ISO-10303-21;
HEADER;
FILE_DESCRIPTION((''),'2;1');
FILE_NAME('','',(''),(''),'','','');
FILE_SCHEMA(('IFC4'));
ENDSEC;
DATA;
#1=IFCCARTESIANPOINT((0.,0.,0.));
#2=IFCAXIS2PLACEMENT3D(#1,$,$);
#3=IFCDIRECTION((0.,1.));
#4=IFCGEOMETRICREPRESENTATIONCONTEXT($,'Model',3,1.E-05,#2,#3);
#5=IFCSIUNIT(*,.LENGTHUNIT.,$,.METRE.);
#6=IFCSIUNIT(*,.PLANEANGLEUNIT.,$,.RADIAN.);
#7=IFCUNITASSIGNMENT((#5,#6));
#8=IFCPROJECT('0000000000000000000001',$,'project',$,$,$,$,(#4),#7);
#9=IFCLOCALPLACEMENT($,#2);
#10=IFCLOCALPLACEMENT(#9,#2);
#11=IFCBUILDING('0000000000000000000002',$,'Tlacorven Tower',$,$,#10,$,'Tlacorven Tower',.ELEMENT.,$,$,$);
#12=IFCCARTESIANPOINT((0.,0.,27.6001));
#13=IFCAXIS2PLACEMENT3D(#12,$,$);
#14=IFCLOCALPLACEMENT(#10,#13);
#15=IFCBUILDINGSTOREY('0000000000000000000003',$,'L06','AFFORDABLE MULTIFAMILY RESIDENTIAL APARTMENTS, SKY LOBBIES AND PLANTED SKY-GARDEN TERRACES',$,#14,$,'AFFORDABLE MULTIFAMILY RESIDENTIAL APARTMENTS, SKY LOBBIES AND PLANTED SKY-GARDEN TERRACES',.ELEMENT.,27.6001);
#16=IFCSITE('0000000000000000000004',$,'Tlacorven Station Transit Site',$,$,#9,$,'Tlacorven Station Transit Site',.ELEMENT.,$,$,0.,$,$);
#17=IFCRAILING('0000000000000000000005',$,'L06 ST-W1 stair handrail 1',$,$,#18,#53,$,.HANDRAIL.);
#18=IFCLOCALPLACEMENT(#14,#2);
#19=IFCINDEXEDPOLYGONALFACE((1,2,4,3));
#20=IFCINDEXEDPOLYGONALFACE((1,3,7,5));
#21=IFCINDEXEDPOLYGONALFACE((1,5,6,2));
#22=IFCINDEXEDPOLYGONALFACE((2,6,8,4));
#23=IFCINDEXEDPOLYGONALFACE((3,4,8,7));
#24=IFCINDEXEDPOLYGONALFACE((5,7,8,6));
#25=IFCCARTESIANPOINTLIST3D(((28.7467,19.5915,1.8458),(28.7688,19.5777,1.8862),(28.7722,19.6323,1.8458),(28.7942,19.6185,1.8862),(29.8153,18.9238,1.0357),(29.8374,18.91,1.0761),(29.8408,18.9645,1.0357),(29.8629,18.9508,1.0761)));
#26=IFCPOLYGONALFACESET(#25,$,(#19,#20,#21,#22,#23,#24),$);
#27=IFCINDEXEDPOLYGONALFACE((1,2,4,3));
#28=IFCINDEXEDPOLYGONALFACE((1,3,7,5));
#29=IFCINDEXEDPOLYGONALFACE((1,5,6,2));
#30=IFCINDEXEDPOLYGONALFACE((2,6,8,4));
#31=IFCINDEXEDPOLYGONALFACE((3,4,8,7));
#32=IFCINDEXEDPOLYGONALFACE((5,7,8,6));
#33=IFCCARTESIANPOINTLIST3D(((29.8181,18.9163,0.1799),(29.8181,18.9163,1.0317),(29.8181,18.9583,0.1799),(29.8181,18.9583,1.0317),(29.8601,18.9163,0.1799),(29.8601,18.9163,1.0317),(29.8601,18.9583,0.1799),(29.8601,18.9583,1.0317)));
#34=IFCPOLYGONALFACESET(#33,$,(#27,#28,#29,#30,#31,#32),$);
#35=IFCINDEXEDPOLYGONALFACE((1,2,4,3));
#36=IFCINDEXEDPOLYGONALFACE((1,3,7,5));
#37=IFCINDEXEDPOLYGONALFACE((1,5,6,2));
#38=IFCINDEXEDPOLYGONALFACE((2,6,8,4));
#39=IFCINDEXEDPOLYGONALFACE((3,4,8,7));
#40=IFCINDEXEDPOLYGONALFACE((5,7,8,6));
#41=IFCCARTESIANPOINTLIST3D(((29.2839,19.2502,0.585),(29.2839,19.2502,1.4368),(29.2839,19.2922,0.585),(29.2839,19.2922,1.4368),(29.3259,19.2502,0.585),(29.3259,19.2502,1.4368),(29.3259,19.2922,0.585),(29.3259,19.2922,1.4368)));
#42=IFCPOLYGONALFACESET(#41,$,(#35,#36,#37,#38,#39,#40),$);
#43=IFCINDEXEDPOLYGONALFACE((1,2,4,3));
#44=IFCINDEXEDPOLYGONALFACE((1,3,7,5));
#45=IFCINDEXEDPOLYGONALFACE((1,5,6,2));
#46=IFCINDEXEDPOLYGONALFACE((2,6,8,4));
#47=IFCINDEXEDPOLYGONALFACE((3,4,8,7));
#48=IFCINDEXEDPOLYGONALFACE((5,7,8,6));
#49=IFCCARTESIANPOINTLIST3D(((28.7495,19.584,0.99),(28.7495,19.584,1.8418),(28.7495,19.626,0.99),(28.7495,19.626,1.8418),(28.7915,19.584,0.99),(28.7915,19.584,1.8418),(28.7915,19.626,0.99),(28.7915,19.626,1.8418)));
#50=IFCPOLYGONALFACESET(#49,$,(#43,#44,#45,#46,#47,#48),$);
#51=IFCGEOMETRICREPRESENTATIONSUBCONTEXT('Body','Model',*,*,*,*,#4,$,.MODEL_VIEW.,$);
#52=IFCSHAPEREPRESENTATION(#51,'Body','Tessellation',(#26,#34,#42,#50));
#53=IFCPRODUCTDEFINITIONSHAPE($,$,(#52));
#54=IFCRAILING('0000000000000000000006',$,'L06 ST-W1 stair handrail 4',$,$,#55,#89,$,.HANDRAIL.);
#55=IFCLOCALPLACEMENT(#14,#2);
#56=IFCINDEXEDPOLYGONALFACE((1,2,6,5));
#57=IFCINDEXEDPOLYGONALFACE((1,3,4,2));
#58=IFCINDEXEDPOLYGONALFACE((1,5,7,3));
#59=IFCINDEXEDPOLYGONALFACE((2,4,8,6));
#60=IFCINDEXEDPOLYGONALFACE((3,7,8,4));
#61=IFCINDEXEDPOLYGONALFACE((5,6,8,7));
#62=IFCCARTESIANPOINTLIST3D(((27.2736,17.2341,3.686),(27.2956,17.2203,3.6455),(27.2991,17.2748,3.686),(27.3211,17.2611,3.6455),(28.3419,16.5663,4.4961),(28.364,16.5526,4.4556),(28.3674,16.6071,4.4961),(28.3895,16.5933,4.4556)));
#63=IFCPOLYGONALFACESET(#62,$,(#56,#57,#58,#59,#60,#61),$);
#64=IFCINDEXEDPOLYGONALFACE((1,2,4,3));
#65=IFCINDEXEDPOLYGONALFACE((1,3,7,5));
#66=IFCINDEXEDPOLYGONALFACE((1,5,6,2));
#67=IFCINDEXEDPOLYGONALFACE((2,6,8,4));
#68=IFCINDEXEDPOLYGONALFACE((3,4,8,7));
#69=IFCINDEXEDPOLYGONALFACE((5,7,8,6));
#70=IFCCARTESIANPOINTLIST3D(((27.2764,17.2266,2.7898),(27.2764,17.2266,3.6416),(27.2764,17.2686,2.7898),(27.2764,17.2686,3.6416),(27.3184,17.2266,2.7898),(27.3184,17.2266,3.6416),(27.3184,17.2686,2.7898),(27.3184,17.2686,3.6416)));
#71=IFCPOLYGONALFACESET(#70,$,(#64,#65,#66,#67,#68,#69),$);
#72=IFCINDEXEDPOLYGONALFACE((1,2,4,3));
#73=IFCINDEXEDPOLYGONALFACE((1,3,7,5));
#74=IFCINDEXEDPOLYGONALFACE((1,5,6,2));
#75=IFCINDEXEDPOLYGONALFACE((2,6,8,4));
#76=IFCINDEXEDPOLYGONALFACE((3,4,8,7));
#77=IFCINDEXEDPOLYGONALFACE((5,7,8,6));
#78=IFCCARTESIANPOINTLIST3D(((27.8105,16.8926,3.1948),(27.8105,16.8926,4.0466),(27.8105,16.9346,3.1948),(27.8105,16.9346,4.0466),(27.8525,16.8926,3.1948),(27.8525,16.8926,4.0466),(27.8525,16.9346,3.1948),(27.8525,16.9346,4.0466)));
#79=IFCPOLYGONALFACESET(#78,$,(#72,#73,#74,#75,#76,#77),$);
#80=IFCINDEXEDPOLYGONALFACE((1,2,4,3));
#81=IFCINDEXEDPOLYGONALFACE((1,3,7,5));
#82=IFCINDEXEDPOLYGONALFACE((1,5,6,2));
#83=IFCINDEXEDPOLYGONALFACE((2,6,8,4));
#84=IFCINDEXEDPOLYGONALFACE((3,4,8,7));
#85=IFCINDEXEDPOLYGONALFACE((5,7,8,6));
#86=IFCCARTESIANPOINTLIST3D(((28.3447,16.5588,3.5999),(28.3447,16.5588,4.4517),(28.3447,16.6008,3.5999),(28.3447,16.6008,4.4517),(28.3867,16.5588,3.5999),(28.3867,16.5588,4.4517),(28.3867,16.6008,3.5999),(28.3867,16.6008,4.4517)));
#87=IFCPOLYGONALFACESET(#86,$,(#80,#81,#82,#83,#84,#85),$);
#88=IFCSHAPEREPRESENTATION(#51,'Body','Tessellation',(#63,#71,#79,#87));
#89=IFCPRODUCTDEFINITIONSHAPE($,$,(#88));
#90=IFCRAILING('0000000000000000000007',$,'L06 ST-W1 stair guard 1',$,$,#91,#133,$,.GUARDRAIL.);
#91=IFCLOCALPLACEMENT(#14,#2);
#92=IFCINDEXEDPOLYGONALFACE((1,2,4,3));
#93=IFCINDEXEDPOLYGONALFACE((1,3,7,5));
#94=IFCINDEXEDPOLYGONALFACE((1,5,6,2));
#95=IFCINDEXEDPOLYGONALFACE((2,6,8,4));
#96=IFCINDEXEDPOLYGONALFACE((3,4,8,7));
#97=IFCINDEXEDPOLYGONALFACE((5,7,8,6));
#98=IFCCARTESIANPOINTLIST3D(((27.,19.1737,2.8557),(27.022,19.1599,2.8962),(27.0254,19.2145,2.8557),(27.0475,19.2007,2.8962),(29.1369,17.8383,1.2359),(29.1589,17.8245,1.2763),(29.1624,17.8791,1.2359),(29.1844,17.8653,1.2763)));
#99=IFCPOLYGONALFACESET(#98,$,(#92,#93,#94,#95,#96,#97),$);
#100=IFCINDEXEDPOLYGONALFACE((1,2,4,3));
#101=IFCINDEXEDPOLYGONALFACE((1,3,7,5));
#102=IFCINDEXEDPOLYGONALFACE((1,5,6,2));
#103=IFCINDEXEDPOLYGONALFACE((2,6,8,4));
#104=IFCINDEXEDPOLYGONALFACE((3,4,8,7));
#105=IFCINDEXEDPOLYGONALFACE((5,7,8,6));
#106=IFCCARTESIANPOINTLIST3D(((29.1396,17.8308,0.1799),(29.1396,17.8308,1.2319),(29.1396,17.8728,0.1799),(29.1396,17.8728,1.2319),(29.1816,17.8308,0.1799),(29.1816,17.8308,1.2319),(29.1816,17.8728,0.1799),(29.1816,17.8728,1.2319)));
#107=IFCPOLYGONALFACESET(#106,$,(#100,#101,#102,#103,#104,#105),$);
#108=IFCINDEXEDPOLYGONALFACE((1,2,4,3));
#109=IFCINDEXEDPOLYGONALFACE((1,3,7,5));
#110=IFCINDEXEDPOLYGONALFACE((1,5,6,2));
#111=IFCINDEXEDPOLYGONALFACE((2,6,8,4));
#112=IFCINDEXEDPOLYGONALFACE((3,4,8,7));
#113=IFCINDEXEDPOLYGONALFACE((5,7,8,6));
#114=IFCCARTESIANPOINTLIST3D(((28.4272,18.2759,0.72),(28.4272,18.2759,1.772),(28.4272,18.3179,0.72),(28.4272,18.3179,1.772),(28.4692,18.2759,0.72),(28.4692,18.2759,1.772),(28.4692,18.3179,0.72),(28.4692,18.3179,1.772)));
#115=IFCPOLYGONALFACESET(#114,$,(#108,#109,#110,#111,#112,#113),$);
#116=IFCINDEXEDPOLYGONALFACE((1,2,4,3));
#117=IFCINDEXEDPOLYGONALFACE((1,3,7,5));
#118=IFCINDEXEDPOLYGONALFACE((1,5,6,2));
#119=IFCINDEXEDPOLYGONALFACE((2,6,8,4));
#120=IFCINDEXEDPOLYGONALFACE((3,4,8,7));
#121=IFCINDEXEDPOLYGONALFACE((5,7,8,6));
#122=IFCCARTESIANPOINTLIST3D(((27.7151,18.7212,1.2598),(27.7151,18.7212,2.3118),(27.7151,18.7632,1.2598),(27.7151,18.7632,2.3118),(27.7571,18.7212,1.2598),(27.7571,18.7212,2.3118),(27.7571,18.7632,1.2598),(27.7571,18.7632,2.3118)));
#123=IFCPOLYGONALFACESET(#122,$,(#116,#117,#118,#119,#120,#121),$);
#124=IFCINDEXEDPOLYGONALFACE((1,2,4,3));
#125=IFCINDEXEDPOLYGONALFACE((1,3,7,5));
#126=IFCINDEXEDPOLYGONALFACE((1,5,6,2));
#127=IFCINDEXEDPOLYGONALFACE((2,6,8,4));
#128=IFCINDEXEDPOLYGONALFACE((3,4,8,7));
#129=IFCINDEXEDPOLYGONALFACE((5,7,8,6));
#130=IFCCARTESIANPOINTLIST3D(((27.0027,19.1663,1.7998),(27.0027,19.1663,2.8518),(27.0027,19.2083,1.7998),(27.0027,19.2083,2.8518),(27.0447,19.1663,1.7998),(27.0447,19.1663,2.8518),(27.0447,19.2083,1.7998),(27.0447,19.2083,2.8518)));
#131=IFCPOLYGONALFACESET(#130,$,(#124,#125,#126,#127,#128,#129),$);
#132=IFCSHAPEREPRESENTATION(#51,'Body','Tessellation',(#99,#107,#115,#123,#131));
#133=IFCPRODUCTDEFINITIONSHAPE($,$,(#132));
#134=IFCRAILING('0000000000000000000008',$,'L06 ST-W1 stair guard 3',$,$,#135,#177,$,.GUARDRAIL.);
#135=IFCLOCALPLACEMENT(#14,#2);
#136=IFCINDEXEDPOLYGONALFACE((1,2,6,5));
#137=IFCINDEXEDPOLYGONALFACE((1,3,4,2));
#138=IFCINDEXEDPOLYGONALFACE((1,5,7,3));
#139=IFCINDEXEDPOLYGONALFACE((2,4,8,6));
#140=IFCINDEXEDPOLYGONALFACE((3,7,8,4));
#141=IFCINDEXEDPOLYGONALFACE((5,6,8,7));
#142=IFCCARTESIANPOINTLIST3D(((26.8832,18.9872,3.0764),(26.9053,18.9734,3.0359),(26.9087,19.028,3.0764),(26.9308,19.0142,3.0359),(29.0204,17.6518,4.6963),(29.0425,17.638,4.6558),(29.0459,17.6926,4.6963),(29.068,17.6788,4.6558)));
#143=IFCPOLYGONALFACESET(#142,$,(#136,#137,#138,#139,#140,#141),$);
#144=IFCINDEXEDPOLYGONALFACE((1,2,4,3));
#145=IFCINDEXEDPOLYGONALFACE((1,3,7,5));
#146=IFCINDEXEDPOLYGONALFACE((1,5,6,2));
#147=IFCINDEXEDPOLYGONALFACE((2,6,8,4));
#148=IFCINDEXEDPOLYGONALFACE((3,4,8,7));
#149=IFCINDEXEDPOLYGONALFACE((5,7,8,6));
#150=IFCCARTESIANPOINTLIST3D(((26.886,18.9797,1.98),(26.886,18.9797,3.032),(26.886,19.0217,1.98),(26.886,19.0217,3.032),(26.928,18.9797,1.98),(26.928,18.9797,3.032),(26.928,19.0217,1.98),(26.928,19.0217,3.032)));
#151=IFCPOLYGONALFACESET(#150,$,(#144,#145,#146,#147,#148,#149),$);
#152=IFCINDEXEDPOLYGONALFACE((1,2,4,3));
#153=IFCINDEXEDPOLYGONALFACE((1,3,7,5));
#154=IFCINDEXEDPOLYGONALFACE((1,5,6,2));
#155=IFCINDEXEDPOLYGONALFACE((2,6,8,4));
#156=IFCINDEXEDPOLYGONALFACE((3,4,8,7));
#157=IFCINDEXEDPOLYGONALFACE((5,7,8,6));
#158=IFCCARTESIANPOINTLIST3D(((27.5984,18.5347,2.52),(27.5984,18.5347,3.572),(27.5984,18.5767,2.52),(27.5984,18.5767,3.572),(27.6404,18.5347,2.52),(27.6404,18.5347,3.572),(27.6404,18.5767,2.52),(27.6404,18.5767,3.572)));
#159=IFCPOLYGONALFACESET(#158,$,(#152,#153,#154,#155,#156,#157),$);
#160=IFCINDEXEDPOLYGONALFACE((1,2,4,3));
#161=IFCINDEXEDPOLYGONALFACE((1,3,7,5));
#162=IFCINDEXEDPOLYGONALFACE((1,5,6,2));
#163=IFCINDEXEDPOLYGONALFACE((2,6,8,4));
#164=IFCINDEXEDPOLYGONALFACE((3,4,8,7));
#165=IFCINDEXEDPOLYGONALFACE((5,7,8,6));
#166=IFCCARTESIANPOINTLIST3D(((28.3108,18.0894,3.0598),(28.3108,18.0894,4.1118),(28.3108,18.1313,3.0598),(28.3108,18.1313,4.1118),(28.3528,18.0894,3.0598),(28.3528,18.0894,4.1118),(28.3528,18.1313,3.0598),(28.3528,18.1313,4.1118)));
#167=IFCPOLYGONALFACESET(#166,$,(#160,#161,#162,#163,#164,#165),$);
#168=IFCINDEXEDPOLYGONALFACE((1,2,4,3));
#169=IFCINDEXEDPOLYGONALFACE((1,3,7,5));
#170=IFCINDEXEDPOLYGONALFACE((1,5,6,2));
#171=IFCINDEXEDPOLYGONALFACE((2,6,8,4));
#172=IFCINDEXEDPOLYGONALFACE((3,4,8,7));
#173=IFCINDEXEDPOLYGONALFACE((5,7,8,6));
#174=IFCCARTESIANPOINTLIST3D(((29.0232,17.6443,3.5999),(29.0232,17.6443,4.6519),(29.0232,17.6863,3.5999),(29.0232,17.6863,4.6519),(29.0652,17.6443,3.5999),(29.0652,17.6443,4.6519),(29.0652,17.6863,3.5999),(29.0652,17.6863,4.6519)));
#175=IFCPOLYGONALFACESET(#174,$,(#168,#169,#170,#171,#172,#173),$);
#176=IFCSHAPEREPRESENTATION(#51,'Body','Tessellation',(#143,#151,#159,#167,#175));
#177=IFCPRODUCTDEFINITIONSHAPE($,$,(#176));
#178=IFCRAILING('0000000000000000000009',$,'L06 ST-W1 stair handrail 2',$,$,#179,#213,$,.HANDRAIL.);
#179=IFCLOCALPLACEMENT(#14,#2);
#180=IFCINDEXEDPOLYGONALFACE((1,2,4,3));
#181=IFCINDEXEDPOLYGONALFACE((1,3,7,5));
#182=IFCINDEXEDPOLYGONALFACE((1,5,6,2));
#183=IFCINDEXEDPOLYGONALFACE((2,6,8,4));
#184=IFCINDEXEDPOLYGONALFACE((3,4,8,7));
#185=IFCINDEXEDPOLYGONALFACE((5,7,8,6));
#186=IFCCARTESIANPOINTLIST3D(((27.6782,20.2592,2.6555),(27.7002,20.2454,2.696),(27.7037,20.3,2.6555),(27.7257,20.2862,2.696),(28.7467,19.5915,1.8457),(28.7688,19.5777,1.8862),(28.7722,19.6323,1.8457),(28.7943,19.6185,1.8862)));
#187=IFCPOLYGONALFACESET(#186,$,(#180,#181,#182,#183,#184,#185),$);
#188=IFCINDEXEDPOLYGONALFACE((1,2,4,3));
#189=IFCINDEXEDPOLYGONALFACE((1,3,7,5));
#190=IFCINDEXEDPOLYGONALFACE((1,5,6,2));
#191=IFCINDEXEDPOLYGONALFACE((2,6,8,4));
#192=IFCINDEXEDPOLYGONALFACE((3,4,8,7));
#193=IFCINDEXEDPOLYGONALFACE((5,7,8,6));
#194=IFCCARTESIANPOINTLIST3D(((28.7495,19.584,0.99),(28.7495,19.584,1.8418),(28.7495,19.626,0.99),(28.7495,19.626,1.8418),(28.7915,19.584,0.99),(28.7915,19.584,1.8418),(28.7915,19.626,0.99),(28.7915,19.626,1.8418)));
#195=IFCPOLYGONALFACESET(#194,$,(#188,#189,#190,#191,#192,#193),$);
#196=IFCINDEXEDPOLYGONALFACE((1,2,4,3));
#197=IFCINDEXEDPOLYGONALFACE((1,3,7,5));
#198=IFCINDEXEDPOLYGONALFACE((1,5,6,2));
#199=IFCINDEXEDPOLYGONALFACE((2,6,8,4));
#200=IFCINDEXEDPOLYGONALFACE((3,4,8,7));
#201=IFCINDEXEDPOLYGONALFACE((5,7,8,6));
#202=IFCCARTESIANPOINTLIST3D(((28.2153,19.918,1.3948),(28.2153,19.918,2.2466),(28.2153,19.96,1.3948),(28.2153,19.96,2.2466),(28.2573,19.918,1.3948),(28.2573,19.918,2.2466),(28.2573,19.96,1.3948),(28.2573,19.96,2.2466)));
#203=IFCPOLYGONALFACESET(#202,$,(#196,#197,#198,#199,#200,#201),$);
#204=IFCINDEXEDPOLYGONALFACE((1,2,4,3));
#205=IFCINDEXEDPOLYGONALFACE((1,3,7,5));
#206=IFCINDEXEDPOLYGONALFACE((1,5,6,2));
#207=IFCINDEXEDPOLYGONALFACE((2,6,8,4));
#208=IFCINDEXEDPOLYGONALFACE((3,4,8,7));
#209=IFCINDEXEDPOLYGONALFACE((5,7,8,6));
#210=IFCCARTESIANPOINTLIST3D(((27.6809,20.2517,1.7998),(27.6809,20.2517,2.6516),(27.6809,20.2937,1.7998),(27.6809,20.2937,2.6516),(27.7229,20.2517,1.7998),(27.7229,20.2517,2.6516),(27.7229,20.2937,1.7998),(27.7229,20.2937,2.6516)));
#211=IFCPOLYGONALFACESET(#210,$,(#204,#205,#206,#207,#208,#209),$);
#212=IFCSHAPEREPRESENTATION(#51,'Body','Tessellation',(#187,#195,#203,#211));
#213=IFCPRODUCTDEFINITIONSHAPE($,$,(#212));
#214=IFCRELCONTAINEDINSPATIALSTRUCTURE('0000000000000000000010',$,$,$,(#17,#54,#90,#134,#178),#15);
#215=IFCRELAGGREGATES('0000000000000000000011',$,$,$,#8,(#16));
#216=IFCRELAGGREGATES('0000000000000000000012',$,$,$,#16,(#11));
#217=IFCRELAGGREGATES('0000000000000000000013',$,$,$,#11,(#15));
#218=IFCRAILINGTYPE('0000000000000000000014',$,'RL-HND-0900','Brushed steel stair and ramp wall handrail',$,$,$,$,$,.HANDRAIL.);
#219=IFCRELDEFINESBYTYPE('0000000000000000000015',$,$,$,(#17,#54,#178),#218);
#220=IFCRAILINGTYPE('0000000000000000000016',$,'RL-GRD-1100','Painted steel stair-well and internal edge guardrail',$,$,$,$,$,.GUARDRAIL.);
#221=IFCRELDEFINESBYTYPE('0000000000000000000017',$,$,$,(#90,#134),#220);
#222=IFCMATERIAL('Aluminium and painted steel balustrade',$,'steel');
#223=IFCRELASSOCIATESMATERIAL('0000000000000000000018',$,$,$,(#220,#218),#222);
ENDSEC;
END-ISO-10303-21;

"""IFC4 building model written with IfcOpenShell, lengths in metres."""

from ifc_helpers import new_model, si_unit, direction, frame, origin, origin_2d, place, context, subcontext, project, spatial, rectangle, extrude, source, transform, mapped, material, type_object, element, save


model = new_model("IFC4")

# Units and contexts
model_context = context("Model", 3, precision=1e-05, world=origin(), true_north=direction((0.0, 1.0)))
body_context = subcontext(model_context, "Body", "Model", "MODEL_VIEW")
ifc_project = project(units=[si_unit("LENGTHUNIT", "METRE"), si_unit("PLANEANGLEUNIT", "RADIAN")], contexts=[model_context])

# Site, building, storey
site_placement = place(None, origin())
site = spatial("IfcSite", under=ifc_project, at=site_placement, Name="Tlacorven Station Transit Site", LongName="Tlacorven Station Transit Site", CompositionType="ELEMENT", RefElevation=0.0)
building_placement = place(site_placement, origin())
building = spatial("IfcBuilding", under=site, at=building_placement, Name="Tlacorven Tower", LongName="Tlacorven Tower", CompositionType="ELEMENT")
storey_placement = place(building_placement, frame((0.0, 0.0, 27.6001)))
storey = spatial("IfcBuildingStorey", under=building, at=storey_placement, Name="L06", Description="AFFORDABLE MULTIFAMILY RESIDENTIAL APARTMENTS, SKY LOBBIES AND PLANTED SKY-GARDEN TERRACES", LongName="AFFORDABLE MULTIFAMILY RESIDENTIAL APARTMENTS, SKY LOBBIES AND PLANTED SKY-GARDEN TERRACES", CompositionType="ELEMENT", Elevation=27.6001)

# Railings
ifc_material_1 = material(Name="Aluminium and painted steel balustrade", Category="steel")
railing_type_1 = type_object("IfcRailingType", Name="RL-GRD-1100", Description="Painted steel stair-well and internal edge guardrail", PredefinedType="GUARDRAIL", material=ifc_material_1)
railing_type_2 = type_object("IfcRailingType", Name="RL-HND-0900", Description="Brushed steel stair and ramp wall handrail", PredefinedType="HANDRAIL", material=ifc_material_1)
shared_shape_1 = source(origin(), body_context, "Body", "SweptSolid", [
    extrude(rectangle(XDim=0.0481, YDim=0.0481, at=origin_2d()), frame((0.0, 0.0, 0.876), z_axis=(-0.71336, 0.445748, 0.540765), x_axis=(-0.529912, -0.848053, 0.0)), (0.0, 0.0, 1.0), 1.498),
    extrude(rectangle(XDim=0.042, YDim=0.042, at=origin_2d()), origin(), (0.0, 0.0, 1.0), 0.8518),
    extrude(rectangle(XDim=0.042, YDim=0.042, at=origin_2d()), frame((-0.5342, 0.334, 0.405)), (0.0, 0.0, 1.0), 0.8518),
    extrude(rectangle(XDim=0.042, YDim=0.042, at=origin_2d()), frame((-1.0686, 0.6677, 0.8101)), (0.0, 0.0, 1.0), 0.8518),
])
railing_1_placement = place(storey_placement, frame((29.8391, 18.9373, 0.1799)))
element("IfcRailing", 1, at=railing_1_placement, inside=storey, type_object=railing_type_2, Name="L06 ST-W1 stair handrail 1", PredefinedType="HANDRAIL", context=body_context, shape_type="MappedRepresentation", body=[
    mapped(shared_shape_1, transform((0.0, 0.0, 0.0), scale=1.0)),
])
shared_shape_2 = source(origin(), body_context, "Body", "SweptSolid", [
    extrude(rectangle(XDim=0.0481, YDim=0.0481, at=origin_2d()), frame((0.0, 0.0, 0.876), z_axis=(0.71328, -0.4458, 0.540828), x_axis=(0.529999, 0.847998, 0.0)), (0.0, 0.0, 1.0), 1.4978),
    extrude(rectangle(XDim=0.042, YDim=0.042, at=origin_2d()), origin(), (0.0, 0.0, 1.0), 0.8518),
    extrude(rectangle(XDim=0.042, YDim=0.042, at=origin_2d()), frame((0.5342, -0.334, 0.405)), (0.0, 0.0, 1.0), 0.8518),
    extrude(rectangle(XDim=0.042, YDim=0.042, at=origin_2d()), frame((1.0684, -0.6677, 0.8101)), (0.0, 0.0, 1.0), 0.8518),
])
railing_2_placement = place(storey_placement, frame((27.2974, 17.2476, 2.7898)))
element("IfcRailing", 2, at=railing_2_placement, inside=storey, type_object=railing_type_2, Name="L06 ST-W1 stair handrail 4", PredefinedType="HANDRAIL", context=body_context, shape_type="MappedRepresentation", body=[
    mapped(shared_shape_2, transform((0.0, 0.0, 0.0), scale=1.0)),
])
shared_shape_3 = source(origin(), body_context, "Body", "SweptSolid", [
    extrude(rectangle(XDim=0.0481, YDim=0.0481, at=origin_2d()), frame((0.0, 0.0, 1.0762), z_axis=(-0.713351, 0.445794, 0.540739), x_axis=(-0.529955, -0.848026, 0.0)), (0.0, 0.0, 1.0), 2.9956),
    extrude(rectangle(XDim=0.042, YDim=0.042, at=origin_2d()), origin(), (0.0, 0.0, 1.0), 1.052),
    extrude(rectangle(XDim=0.042, YDim=0.042, at=origin_2d()), frame((-0.7124, 0.4451, 0.54)), (0.0, 0.0, 1.0), 1.052),
    extrude(rectangle(XDim=0.042, YDim=0.042, at=origin_2d()), frame((-1.4246, 0.8904, 1.0798)), (0.0, 0.0, 1.0), 1.052),
    extrude(rectangle(XDim=0.042, YDim=0.042, at=origin_2d()), frame((-2.137, 1.3354, 1.6199)), (0.0, 0.0, 1.0), 1.052),
])
railing_3_placement = place(storey_placement, frame((29.1606, 17.8518, 0.1799)))
element("IfcRailing", 3, at=railing_3_placement, inside=storey, type_object=railing_type_1, Name="L06 ST-W1 stair guard 1", PredefinedType="GUARDRAIL", context=body_context, shape_type="MappedRepresentation", body=[
    mapped(shared_shape_3, transform((0.0, 0.0, 0.0), scale=1.0)),
])
shared_shape_4 = source(origin(), body_context, "Body", "SweptSolid", [
    extrude(rectangle(XDim=0.0481, YDim=0.0481, at=origin_2d()), frame((0.0, 0.0, 1.0762), z_axis=(0.713391, -0.445768, 0.540707), x_axis=(0.529912, 0.848053, 0.0)), (0.0, 0.0, 1.0), 2.9958),
    extrude(rectangle(XDim=0.042, YDim=0.042, at=origin_2d()), origin(), (0.0, 0.0, 1.0), 1.052),
    extrude(rectangle(XDim=0.042, YDim=0.042, at=origin_2d()), frame((0.7124, -0.4451, 0.54)), (0.0, 0.0, 1.0), 1.052),
    extrude(rectangle(XDim=0.042, YDim=0.042, at=origin_2d()), frame((1.4248, -0.8904, 1.0798)), (0.0, 0.0, 1.0), 1.052),
    extrude(rectangle(XDim=0.042, YDim=0.042, at=origin_2d()), frame((2.1372, -1.3354, 1.6199)), (0.0, 0.0, 1.0), 1.052),
])
railing_4_placement = place(storey_placement, frame((26.907, 19.0007, 1.98)))
element("IfcRailing", 4, at=railing_4_placement, inside=storey, type_object=railing_type_1, Name="L06 ST-W1 stair guard 3", PredefinedType="GUARDRAIL", context=body_context, shape_type="MappedRepresentation", body=[
    mapped(shared_shape_4, transform((0.0, 0.0, 0.0), scale=1.0)),
])
shared_shape_5 = source(origin(), body_context, "Body", "SweptSolid", [
    extrude(rectangle(XDim=0.0481, YDim=0.0481, at=origin_2d()), frame((0.0, 0.0, 0.876), z_axis=(-0.713423, 0.445787, 0.540649), x_axis=(-0.529912, -0.848053, 0.0)), (0.0, 0.0, 1.0), 1.4978),
    extrude(rectangle(XDim=0.042, YDim=0.042, at=origin_2d()), origin(), (0.0, 0.0, 1.0), 0.8518),
    extrude(rectangle(XDim=0.042, YDim=0.042, at=origin_2d()), frame((-0.5342, 0.334, 0.4048)), (0.0, 0.0, 1.0), 0.8518),
    extrude(rectangle(XDim=0.042, YDim=0.042, at=origin_2d()), frame((-1.0686, 0.6677, 0.8098)), (0.0, 0.0, 1.0), 0.8518),
])
railing_5_placement = place(storey_placement, frame((28.7705, 19.605, 0.99)))
element("IfcRailing", 5, at=railing_5_placement, inside=storey, type_object=railing_type_2, Name="L06 ST-W1 stair handrail 2", PredefinedType="HANDRAIL", context=body_context, shape_type="MappedRepresentation", body=[
    mapped(shared_shape_5, transform((0.0, 0.0, 0.0), scale=1.0)),
])

save(model, "model.ifc")
